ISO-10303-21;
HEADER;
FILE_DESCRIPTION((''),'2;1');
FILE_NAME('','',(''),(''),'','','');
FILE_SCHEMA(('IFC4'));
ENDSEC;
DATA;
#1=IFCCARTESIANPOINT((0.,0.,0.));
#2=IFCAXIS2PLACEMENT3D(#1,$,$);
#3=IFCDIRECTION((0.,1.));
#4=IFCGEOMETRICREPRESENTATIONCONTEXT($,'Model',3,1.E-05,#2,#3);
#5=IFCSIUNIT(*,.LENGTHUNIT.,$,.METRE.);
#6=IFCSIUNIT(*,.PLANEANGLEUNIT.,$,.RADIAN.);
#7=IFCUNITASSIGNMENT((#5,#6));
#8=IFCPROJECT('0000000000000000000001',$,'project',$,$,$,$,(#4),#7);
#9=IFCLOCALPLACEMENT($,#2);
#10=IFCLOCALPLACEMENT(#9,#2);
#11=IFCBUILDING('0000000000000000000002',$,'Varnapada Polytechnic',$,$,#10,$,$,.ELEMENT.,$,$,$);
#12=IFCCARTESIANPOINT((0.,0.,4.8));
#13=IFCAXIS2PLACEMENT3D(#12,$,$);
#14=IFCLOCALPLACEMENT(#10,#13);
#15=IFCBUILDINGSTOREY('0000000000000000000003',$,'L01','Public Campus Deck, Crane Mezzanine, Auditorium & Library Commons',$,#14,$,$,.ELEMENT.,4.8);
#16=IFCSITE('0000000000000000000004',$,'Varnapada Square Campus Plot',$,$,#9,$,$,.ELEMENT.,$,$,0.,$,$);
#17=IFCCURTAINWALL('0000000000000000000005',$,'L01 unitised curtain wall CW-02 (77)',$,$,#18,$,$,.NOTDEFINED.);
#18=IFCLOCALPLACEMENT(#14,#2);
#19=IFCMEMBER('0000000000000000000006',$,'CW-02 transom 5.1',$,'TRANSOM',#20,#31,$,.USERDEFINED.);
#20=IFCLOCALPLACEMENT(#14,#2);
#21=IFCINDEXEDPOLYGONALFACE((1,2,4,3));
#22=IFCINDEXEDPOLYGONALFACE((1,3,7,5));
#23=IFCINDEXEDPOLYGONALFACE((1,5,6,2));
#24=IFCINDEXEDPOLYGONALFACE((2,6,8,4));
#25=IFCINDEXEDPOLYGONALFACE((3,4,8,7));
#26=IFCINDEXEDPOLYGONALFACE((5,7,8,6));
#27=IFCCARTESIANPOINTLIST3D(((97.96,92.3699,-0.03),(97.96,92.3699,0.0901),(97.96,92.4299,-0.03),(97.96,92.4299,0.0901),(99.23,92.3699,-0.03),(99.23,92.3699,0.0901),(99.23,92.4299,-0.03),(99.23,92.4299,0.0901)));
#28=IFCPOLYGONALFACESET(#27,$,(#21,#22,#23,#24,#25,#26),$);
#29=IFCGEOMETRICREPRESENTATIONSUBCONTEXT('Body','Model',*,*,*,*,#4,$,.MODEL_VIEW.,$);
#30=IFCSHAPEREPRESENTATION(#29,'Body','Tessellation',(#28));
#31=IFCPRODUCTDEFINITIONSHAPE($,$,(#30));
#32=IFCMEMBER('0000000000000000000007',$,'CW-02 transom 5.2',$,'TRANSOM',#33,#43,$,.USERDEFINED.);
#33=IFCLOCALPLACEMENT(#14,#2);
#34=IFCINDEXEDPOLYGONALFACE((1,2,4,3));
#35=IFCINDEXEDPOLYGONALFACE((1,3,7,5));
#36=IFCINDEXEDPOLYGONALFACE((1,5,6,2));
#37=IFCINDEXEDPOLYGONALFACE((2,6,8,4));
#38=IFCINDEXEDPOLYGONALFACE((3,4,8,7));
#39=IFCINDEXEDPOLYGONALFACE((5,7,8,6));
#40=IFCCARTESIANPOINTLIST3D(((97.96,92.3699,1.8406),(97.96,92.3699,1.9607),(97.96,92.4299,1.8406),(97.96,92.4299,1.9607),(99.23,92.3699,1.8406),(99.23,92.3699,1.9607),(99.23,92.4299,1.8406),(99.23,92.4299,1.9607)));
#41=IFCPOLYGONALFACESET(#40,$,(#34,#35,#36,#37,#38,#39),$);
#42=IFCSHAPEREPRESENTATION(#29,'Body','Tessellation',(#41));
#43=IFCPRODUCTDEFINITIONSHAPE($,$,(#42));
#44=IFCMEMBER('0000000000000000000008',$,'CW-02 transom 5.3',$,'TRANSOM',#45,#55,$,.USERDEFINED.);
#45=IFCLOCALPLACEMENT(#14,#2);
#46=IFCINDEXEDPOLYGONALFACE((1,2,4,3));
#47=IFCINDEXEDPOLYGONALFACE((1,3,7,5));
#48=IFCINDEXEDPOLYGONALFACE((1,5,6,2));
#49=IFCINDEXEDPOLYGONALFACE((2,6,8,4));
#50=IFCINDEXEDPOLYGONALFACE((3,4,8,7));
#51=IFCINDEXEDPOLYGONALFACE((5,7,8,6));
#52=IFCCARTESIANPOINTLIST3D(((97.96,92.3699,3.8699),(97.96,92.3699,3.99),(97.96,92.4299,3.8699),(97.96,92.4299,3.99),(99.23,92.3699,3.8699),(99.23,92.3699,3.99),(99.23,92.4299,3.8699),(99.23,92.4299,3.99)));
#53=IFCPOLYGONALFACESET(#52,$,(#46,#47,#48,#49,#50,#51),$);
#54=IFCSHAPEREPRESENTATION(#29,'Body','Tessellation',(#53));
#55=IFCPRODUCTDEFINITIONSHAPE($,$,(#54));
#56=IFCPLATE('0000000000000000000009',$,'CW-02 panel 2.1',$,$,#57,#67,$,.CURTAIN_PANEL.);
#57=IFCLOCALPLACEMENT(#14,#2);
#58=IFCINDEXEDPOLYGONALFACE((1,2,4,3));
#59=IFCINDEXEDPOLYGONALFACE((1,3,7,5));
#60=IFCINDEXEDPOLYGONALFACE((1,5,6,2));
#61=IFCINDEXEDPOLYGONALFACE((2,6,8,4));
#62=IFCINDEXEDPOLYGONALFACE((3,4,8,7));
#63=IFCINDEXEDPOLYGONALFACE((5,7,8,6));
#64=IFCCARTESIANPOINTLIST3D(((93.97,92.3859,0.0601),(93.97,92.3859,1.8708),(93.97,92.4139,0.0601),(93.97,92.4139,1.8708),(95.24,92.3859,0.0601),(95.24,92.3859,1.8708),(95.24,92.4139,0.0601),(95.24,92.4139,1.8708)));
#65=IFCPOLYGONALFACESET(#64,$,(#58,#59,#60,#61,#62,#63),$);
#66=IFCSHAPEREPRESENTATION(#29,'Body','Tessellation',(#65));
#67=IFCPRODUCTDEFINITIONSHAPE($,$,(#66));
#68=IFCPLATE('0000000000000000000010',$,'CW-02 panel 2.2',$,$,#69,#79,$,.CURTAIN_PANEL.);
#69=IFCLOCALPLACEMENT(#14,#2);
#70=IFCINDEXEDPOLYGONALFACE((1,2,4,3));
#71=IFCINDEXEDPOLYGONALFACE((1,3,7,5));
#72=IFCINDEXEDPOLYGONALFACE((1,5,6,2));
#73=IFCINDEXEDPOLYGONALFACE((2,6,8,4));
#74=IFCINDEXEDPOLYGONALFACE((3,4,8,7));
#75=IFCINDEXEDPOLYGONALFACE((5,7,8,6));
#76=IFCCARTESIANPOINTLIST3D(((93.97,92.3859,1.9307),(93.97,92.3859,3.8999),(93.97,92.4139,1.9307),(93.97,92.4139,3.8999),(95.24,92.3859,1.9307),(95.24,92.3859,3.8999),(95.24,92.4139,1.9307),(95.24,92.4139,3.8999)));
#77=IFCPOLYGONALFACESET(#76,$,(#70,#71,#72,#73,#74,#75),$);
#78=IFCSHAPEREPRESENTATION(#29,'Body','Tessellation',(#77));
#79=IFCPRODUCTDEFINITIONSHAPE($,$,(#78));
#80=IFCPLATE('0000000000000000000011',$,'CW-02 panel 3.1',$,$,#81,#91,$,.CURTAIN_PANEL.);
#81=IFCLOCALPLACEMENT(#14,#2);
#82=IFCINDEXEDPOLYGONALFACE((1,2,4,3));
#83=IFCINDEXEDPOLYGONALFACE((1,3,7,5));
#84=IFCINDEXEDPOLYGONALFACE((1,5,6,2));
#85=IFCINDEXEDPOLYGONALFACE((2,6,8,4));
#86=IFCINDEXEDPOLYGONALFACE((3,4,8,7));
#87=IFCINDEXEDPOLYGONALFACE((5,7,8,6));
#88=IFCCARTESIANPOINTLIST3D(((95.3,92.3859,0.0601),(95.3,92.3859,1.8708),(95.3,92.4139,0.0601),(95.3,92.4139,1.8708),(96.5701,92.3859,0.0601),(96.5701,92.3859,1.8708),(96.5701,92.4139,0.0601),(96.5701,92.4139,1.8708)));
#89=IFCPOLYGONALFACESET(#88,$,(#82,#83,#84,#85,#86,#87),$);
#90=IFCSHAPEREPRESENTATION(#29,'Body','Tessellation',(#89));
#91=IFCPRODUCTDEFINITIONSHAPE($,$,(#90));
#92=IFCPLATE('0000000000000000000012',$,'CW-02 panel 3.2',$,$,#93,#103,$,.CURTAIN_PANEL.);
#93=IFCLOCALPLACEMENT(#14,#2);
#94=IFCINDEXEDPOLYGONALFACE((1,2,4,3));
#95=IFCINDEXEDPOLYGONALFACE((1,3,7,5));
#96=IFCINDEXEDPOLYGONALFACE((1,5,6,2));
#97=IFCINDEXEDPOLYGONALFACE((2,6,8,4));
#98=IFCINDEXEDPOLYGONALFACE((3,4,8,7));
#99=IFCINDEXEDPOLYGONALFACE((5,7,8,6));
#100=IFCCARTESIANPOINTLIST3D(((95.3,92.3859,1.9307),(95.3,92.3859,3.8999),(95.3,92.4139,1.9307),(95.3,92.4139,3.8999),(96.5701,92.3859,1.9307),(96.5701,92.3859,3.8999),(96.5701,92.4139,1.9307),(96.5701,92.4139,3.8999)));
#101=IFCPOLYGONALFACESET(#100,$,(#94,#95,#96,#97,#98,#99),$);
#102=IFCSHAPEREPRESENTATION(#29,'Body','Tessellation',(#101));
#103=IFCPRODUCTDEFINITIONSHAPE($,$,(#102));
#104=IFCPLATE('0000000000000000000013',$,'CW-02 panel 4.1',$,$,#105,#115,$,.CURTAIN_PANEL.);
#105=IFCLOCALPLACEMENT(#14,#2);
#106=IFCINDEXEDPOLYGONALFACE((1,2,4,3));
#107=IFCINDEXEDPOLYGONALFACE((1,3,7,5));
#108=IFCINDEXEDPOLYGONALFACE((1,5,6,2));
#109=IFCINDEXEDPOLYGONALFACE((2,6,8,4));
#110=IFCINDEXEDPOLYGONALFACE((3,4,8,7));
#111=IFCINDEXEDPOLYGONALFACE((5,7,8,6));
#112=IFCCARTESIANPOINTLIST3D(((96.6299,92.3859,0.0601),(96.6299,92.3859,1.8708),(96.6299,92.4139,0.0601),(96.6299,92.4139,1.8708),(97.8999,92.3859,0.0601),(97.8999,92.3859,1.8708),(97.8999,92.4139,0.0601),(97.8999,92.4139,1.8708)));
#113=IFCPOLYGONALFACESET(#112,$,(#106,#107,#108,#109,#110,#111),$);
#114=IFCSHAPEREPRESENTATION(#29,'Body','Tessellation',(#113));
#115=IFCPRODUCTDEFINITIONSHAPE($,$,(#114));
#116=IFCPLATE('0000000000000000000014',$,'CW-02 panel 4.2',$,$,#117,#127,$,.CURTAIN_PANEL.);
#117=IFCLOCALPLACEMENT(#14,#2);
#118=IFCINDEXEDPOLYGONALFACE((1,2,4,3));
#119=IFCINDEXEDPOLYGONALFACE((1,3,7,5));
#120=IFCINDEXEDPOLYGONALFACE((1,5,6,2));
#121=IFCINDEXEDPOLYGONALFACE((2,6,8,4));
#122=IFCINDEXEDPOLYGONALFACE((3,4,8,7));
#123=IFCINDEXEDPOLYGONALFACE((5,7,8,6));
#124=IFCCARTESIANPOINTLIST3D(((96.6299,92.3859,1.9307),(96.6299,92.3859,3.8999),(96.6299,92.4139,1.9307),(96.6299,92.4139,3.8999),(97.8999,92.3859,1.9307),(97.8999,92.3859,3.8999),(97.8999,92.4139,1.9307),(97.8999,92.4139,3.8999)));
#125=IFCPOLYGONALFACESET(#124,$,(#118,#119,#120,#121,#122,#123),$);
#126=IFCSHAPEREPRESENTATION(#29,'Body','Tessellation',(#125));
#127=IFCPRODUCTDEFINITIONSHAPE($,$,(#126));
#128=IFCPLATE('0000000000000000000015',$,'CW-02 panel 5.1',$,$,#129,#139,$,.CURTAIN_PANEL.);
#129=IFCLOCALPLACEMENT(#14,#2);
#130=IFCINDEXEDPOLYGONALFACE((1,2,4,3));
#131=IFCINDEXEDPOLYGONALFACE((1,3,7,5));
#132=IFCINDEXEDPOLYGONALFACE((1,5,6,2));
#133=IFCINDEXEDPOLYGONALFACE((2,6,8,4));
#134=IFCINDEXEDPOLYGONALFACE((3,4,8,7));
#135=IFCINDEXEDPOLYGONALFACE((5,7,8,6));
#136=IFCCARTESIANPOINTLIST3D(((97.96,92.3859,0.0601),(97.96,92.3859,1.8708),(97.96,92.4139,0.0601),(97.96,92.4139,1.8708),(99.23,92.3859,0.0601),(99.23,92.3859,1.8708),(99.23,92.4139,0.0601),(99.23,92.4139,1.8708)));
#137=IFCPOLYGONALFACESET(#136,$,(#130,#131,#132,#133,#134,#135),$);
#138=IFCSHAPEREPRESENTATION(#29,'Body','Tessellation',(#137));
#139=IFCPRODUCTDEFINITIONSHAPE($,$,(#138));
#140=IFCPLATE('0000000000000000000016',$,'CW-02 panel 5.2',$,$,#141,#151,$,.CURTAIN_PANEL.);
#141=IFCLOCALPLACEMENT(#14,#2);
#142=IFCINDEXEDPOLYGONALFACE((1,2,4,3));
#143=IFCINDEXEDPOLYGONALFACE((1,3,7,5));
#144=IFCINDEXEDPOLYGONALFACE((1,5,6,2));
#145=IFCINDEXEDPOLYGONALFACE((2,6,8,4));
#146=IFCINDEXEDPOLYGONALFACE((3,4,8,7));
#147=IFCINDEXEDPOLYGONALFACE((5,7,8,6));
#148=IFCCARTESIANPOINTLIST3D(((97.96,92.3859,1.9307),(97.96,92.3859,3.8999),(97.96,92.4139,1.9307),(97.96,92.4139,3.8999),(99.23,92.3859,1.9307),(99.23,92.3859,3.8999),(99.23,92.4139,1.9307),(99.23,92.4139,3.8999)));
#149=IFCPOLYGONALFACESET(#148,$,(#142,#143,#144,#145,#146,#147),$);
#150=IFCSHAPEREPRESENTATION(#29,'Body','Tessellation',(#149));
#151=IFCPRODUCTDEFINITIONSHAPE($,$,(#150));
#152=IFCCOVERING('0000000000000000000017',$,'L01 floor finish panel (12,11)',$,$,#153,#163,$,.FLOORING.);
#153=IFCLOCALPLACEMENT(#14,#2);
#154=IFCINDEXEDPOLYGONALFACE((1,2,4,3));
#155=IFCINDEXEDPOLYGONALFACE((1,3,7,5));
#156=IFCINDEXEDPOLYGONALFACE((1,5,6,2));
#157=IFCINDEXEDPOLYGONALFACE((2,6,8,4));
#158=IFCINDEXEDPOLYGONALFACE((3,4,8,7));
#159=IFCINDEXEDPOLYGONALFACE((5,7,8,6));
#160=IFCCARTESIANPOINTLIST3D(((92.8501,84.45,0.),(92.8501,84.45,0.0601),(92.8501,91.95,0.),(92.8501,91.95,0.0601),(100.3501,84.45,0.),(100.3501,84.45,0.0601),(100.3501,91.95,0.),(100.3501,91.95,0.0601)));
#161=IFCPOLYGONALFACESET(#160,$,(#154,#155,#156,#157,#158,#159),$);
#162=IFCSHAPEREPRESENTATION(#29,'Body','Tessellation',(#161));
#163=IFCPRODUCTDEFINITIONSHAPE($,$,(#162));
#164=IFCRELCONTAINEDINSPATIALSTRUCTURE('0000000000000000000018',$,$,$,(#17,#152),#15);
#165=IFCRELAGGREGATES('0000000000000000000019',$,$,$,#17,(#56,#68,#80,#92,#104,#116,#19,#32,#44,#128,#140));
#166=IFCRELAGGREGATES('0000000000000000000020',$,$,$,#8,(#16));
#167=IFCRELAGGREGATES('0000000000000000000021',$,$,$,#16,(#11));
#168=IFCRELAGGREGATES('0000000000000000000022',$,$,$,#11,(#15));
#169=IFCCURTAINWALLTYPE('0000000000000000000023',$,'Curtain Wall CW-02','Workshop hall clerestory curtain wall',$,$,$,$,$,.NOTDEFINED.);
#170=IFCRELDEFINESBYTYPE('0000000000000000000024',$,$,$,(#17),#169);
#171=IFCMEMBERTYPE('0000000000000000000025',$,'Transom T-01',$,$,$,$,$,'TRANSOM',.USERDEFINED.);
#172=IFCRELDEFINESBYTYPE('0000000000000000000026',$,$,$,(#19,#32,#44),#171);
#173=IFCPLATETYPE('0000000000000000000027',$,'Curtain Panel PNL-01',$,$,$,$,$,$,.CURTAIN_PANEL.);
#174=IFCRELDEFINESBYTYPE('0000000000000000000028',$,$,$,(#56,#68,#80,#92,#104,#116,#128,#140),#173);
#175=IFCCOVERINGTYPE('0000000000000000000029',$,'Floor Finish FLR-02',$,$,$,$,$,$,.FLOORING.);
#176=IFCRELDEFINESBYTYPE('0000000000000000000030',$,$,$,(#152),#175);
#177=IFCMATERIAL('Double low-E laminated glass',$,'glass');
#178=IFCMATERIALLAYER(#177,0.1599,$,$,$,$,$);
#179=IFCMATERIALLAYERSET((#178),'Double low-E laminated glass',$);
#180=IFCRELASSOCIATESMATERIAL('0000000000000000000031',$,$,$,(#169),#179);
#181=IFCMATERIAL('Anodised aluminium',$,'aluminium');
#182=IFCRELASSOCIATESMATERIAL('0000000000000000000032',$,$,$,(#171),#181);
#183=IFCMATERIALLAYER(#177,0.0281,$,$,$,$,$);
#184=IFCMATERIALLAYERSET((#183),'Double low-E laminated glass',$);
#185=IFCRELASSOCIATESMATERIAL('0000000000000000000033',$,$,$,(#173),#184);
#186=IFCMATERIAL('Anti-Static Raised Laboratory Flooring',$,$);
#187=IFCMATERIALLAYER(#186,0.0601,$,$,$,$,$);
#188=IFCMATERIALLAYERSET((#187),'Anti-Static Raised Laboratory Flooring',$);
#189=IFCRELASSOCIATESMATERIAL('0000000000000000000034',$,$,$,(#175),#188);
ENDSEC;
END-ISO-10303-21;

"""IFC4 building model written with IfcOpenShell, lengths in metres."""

from ifc_helpers import new_model, si_unit, direction, frame, origin, origin_2d, place, context, subcontext, project, spatial, rectangle, extrude, material, layer, layer_set, material_profile, profile_set, type_object, element, aggregate, save


model = new_model("IFC4")

# Units and contexts
model_context = context("Model", 3, precision=1e-05, world=origin(), true_north=direction((0.0, 1.0)))
body_context = subcontext(model_context, "Body", "Model", "MODEL_VIEW")
ifc_project = project(units=[si_unit("LENGTHUNIT", "METRE"), si_unit("PLANEANGLEUNIT", "RADIAN")], contexts=[model_context])

# Site, building, storey
site_placement = place(None, origin())
site = spatial("IfcSite", under=ifc_project, at=site_placement, Name="Varnapada Square Campus Plot", CompositionType="ELEMENT", RefElevation=0.0)
building_placement = place(site_placement, origin())
building = spatial("IfcBuilding", under=site, at=building_placement, Name="Varnapada Polytechnic", CompositionType="ELEMENT")
storey_placement = place(building_placement, frame((0.0, 0.0, 4.8)))
storey = spatial("IfcBuildingStorey", under=building, at=storey_placement, Name="L01", Description="Public Campus Deck, Crane Mezzanine, Auditorium & Library Commons", CompositionType="ELEMENT", Elevation=4.8)

# Curtain wall
ifc_material_1 = material(Name="Double low-E laminated glass", Category="glass")
ifc_layer_1 = layer(ifc_material_1, 0.1599)
ifc_layer_set_1 = layer_set([ifc_layer_1], Name="Double low-E laminated glass")
curtain_wall_type_1 = type_object("IfcCurtainWallType", Name="Curtain Wall CW-02", Description="Workshop hall clerestory curtain wall", PredefinedType="NOTDEFINED", material=ifc_layer_set_1)
curtain_wall_1_placement = place(storey_placement, origin())
curtain_wall_1 = element("IfcCurtainWall", 1, at=curtain_wall_1_placement, inside=storey, type_object=curtain_wall_type_1, Name="L01 unitised curtain wall CW-02 (77)", PredefinedType="NOTDEFINED")
ifc_material_2 = material(Name="Anodised aluminium", Category="aluminium")

# Shared definitions
ifc_material_profile_1 = material_profile(ifc_material_2, rectangle(XDim=0.0601, YDim=0.1201, at=origin_2d()), Name="ALU T60x120")
ifc_profile_set_1 = profile_set([ifc_material_profile_1], Name="Anodised aluminium")
member_type_1 = type_object("IfcMemberType", Name="Transom T-01", ElementType="TRANSOM", PredefinedType="USERDEFINED", material=ifc_profile_set_1)

# Members
member_1_placement = place(storey_placement, frame((97.96, 92.3999, 0.03), z_axis=(1.0, 0.0, 0.0), x_axis=(0.0, 1.0, 0.0)))
member_1 = element("IfcMember", 2, at=member_1_placement, type_object=member_type_1, Name="CW-02 transom 5.1", ObjectType="TRANSOM", PredefinedType="USERDEFINED", context=body_context, shape_type="SweptSolid", body=[
    extrude(rectangle(XDim=0.0601, YDim=0.1201, at=origin_2d()), origin(), (0.0, 0.0, 1.0), 1.27),
])
member_2_placement = place(storey_placement, frame((97.96, 92.3999, 1.9006), z_axis=(1.0, 0.0, 0.0), x_axis=(0.0, 1.0, 0.0)))
member_2 = element("IfcMember", 3, at=member_2_placement, type_object=member_type_1, Name="CW-02 transom 5.2", ObjectType="TRANSOM", PredefinedType="USERDEFINED", context=body_context, shape_type="SweptSolid", body=[
    extrude(rectangle(XDim=0.0601, YDim=0.1201, at=origin_2d()), origin(), (0.0, 0.0, 1.0), 1.27),
])
member_3_placement = place(storey_placement, frame((97.96, 92.3999, 3.9299), z_axis=(1.0, 0.0, 0.0), x_axis=(0.0, 1.0, 0.0)))
member_3 = element("IfcMember", 4, at=member_3_placement, type_object=member_type_1, Name="CW-02 transom 5.3", ObjectType="TRANSOM", PredefinedType="USERDEFINED", context=body_context, shape_type="SweptSolid", body=[
    extrude(rectangle(XDim=0.0601, YDim=0.1201, at=origin_2d()), origin(), (0.0, 0.0, 1.0), 1.27),
])

# Plates
ifc_layer_2 = layer(ifc_material_1, 0.0281)
ifc_layer_set_2 = layer_set([ifc_layer_2], Name="Double low-E laminated glass")
plate_type = type_object("IfcPlateType", Name="Curtain Panel PNL-01", PredefinedType="CURTAIN_PANEL", material=ifc_layer_set_2)
plate_1_placement = place(storey_placement, frame((94.605, 92.3999, 0.0601), z_axis=(0.0, 0.0, 1.0), x_axis=(1.0, 0.0, 0.0)))
plate_1 = element("IfcPlate", 5, at=plate_1_placement, type_object=plate_type, Name="CW-02 panel 2.1", PredefinedType="CURTAIN_PANEL", context=body_context, shape_type="SweptSolid", body=[
    extrude(rectangle(XDim=1.27, YDim=0.0281, at=origin_2d()), origin(), (0.0, 0.0, 1.0), 1.8108),
])
plate_2_placement = place(storey_placement, frame((94.605, 92.3999, 1.9307), z_axis=(0.0, 0.0, 1.0), x_axis=(1.0, 0.0, 0.0)))
plate_2 = element("IfcPlate", 6, at=plate_2_placement, type_object=plate_type, Name="CW-02 panel 2.2", PredefinedType="CURTAIN_PANEL", context=body_context, shape_type="SweptSolid", body=[
    extrude(rectangle(XDim=1.27, YDim=0.0281, at=origin_2d()), origin(), (0.0, 0.0, 1.0), 1.9692),
])
plate_3_placement = place(storey_placement, frame((95.9351, 92.3999, 0.0601), z_axis=(0.0, 0.0, 1.0), x_axis=(1.0, 0.0, 0.0)))
plate_3 = element("IfcPlate", 7, at=plate_3_placement, type_object=plate_type, Name="CW-02 panel 3.1", PredefinedType="CURTAIN_PANEL", context=body_context, shape_type="SweptSolid", body=[
    extrude(rectangle(XDim=1.27, YDim=0.0281, at=origin_2d()), origin(), (0.0, 0.0, 1.0), 1.8108),
])
plate_4_placement = place(storey_placement, frame((95.9351, 92.3999, 1.9307), z_axis=(0.0, 0.0, 1.0), x_axis=(1.0, 0.0, 0.0)))
plate_4 = element("IfcPlate", 8, at=plate_4_placement, type_object=plate_type, Name="CW-02 panel 3.2", PredefinedType="CURTAIN_PANEL", context=body_context, shape_type="SweptSolid", body=[
    extrude(rectangle(XDim=1.27, YDim=0.0281, at=origin_2d()), origin(), (0.0, 0.0, 1.0), 1.9692),
])
plate_5_placement = place(storey_placement, frame((97.2649, 92.3999, 0.0601), z_axis=(0.0, 0.0, 1.0), x_axis=(1.0, 0.0, 0.0)))
plate_5 = element("IfcPlate", 9, at=plate_5_placement, type_object=plate_type, Name="CW-02 panel 4.1", PredefinedType="CURTAIN_PANEL", context=body_context, shape_type="SweptSolid", body=[
    extrude(rectangle(XDim=1.27, YDim=0.0281, at=origin_2d()), origin(), (0.0, 0.0, 1.0), 1.8108),
])
plate_6_placement = place(storey_placement, frame((97.2649, 92.3999, 1.9307), z_axis=(0.0, 0.0, 1.0), x_axis=(1.0, 0.0, 0.0)))
plate_6 = element("IfcPlate", 10, at=plate_6_placement, type_object=plate_type, Name="CW-02 panel 4.2", PredefinedType="CURTAIN_PANEL", context=body_context, shape_type="SweptSolid", body=[
    extrude(rectangle(XDim=1.27, YDim=0.0281, at=origin_2d()), origin(), (0.0, 0.0, 1.0), 1.9692),
])
plate_7_placement = place(storey_placement, frame((98.595, 92.3999, 0.0601), z_axis=(0.0, 0.0, 1.0), x_axis=(1.0, 0.0, 0.0)))
plate_7 = element("IfcPlate", 11, at=plate_7_placement, type_object=plate_type, Name="CW-02 panel 5.1", PredefinedType="CURTAIN_PANEL", context=body_context, shape_type="SweptSolid", body=[
    extrude(rectangle(XDim=1.27, YDim=0.0281, at=origin_2d()), origin(), (0.0, 0.0, 1.0), 1.8108),
])
plate_8_placement = place(storey_placement, frame((98.595, 92.3999, 1.9307), z_axis=(0.0, 0.0, 1.0), x_axis=(1.0, 0.0, 0.0)))
plate_8 = element("IfcPlate", 12, at=plate_8_placement, type_object=plate_type, Name="CW-02 panel 5.2", PredefinedType="CURTAIN_PANEL", context=body_context, shape_type="SweptSolid", body=[
    extrude(rectangle(XDim=1.27, YDim=0.0281, at=origin_2d()), origin(), (0.0, 0.0, 1.0), 1.9692),
])
aggregate(curtain_wall_1, [plate_1, plate_2, plate_3, plate_4, plate_5, plate_6, member_1, member_2, member_3, plate_7, plate_8])

# Covering
ifc_material_3 = material(Name="Anti-Static Raised Laboratory Flooring")
ifc_layer_3 = layer(ifc_material_3, 0.0601)
ifc_layer_set_3 = layer_set([ifc_layer_3], Name="Anti-Static Raised Laboratory Flooring")
covering_type = type_object("IfcCoveringType", Name="Floor Finish FLR-02", PredefinedType="FLOORING", material=ifc_layer_set_3)
covering_placement = place(storey_placement, frame((96.6001, 88.2, 0.0), z_axis=(0.0, 0.0, 1.0), x_axis=(1.0, 0.0, 0.0)))
element("IfcCovering", 13, at=covering_placement, inside=storey, type_object=covering_type, Name="L01 floor finish panel (12,11)", PredefinedType="FLOORING", context=body_context, shape_type="SweptSolid", body=[
    extrude(rectangle(XDim=7.5, YDim=7.5, at=origin_2d()), origin(), (0.0, 0.0, 1.0), 0.0601),
])

save(model, "model.ifc")
